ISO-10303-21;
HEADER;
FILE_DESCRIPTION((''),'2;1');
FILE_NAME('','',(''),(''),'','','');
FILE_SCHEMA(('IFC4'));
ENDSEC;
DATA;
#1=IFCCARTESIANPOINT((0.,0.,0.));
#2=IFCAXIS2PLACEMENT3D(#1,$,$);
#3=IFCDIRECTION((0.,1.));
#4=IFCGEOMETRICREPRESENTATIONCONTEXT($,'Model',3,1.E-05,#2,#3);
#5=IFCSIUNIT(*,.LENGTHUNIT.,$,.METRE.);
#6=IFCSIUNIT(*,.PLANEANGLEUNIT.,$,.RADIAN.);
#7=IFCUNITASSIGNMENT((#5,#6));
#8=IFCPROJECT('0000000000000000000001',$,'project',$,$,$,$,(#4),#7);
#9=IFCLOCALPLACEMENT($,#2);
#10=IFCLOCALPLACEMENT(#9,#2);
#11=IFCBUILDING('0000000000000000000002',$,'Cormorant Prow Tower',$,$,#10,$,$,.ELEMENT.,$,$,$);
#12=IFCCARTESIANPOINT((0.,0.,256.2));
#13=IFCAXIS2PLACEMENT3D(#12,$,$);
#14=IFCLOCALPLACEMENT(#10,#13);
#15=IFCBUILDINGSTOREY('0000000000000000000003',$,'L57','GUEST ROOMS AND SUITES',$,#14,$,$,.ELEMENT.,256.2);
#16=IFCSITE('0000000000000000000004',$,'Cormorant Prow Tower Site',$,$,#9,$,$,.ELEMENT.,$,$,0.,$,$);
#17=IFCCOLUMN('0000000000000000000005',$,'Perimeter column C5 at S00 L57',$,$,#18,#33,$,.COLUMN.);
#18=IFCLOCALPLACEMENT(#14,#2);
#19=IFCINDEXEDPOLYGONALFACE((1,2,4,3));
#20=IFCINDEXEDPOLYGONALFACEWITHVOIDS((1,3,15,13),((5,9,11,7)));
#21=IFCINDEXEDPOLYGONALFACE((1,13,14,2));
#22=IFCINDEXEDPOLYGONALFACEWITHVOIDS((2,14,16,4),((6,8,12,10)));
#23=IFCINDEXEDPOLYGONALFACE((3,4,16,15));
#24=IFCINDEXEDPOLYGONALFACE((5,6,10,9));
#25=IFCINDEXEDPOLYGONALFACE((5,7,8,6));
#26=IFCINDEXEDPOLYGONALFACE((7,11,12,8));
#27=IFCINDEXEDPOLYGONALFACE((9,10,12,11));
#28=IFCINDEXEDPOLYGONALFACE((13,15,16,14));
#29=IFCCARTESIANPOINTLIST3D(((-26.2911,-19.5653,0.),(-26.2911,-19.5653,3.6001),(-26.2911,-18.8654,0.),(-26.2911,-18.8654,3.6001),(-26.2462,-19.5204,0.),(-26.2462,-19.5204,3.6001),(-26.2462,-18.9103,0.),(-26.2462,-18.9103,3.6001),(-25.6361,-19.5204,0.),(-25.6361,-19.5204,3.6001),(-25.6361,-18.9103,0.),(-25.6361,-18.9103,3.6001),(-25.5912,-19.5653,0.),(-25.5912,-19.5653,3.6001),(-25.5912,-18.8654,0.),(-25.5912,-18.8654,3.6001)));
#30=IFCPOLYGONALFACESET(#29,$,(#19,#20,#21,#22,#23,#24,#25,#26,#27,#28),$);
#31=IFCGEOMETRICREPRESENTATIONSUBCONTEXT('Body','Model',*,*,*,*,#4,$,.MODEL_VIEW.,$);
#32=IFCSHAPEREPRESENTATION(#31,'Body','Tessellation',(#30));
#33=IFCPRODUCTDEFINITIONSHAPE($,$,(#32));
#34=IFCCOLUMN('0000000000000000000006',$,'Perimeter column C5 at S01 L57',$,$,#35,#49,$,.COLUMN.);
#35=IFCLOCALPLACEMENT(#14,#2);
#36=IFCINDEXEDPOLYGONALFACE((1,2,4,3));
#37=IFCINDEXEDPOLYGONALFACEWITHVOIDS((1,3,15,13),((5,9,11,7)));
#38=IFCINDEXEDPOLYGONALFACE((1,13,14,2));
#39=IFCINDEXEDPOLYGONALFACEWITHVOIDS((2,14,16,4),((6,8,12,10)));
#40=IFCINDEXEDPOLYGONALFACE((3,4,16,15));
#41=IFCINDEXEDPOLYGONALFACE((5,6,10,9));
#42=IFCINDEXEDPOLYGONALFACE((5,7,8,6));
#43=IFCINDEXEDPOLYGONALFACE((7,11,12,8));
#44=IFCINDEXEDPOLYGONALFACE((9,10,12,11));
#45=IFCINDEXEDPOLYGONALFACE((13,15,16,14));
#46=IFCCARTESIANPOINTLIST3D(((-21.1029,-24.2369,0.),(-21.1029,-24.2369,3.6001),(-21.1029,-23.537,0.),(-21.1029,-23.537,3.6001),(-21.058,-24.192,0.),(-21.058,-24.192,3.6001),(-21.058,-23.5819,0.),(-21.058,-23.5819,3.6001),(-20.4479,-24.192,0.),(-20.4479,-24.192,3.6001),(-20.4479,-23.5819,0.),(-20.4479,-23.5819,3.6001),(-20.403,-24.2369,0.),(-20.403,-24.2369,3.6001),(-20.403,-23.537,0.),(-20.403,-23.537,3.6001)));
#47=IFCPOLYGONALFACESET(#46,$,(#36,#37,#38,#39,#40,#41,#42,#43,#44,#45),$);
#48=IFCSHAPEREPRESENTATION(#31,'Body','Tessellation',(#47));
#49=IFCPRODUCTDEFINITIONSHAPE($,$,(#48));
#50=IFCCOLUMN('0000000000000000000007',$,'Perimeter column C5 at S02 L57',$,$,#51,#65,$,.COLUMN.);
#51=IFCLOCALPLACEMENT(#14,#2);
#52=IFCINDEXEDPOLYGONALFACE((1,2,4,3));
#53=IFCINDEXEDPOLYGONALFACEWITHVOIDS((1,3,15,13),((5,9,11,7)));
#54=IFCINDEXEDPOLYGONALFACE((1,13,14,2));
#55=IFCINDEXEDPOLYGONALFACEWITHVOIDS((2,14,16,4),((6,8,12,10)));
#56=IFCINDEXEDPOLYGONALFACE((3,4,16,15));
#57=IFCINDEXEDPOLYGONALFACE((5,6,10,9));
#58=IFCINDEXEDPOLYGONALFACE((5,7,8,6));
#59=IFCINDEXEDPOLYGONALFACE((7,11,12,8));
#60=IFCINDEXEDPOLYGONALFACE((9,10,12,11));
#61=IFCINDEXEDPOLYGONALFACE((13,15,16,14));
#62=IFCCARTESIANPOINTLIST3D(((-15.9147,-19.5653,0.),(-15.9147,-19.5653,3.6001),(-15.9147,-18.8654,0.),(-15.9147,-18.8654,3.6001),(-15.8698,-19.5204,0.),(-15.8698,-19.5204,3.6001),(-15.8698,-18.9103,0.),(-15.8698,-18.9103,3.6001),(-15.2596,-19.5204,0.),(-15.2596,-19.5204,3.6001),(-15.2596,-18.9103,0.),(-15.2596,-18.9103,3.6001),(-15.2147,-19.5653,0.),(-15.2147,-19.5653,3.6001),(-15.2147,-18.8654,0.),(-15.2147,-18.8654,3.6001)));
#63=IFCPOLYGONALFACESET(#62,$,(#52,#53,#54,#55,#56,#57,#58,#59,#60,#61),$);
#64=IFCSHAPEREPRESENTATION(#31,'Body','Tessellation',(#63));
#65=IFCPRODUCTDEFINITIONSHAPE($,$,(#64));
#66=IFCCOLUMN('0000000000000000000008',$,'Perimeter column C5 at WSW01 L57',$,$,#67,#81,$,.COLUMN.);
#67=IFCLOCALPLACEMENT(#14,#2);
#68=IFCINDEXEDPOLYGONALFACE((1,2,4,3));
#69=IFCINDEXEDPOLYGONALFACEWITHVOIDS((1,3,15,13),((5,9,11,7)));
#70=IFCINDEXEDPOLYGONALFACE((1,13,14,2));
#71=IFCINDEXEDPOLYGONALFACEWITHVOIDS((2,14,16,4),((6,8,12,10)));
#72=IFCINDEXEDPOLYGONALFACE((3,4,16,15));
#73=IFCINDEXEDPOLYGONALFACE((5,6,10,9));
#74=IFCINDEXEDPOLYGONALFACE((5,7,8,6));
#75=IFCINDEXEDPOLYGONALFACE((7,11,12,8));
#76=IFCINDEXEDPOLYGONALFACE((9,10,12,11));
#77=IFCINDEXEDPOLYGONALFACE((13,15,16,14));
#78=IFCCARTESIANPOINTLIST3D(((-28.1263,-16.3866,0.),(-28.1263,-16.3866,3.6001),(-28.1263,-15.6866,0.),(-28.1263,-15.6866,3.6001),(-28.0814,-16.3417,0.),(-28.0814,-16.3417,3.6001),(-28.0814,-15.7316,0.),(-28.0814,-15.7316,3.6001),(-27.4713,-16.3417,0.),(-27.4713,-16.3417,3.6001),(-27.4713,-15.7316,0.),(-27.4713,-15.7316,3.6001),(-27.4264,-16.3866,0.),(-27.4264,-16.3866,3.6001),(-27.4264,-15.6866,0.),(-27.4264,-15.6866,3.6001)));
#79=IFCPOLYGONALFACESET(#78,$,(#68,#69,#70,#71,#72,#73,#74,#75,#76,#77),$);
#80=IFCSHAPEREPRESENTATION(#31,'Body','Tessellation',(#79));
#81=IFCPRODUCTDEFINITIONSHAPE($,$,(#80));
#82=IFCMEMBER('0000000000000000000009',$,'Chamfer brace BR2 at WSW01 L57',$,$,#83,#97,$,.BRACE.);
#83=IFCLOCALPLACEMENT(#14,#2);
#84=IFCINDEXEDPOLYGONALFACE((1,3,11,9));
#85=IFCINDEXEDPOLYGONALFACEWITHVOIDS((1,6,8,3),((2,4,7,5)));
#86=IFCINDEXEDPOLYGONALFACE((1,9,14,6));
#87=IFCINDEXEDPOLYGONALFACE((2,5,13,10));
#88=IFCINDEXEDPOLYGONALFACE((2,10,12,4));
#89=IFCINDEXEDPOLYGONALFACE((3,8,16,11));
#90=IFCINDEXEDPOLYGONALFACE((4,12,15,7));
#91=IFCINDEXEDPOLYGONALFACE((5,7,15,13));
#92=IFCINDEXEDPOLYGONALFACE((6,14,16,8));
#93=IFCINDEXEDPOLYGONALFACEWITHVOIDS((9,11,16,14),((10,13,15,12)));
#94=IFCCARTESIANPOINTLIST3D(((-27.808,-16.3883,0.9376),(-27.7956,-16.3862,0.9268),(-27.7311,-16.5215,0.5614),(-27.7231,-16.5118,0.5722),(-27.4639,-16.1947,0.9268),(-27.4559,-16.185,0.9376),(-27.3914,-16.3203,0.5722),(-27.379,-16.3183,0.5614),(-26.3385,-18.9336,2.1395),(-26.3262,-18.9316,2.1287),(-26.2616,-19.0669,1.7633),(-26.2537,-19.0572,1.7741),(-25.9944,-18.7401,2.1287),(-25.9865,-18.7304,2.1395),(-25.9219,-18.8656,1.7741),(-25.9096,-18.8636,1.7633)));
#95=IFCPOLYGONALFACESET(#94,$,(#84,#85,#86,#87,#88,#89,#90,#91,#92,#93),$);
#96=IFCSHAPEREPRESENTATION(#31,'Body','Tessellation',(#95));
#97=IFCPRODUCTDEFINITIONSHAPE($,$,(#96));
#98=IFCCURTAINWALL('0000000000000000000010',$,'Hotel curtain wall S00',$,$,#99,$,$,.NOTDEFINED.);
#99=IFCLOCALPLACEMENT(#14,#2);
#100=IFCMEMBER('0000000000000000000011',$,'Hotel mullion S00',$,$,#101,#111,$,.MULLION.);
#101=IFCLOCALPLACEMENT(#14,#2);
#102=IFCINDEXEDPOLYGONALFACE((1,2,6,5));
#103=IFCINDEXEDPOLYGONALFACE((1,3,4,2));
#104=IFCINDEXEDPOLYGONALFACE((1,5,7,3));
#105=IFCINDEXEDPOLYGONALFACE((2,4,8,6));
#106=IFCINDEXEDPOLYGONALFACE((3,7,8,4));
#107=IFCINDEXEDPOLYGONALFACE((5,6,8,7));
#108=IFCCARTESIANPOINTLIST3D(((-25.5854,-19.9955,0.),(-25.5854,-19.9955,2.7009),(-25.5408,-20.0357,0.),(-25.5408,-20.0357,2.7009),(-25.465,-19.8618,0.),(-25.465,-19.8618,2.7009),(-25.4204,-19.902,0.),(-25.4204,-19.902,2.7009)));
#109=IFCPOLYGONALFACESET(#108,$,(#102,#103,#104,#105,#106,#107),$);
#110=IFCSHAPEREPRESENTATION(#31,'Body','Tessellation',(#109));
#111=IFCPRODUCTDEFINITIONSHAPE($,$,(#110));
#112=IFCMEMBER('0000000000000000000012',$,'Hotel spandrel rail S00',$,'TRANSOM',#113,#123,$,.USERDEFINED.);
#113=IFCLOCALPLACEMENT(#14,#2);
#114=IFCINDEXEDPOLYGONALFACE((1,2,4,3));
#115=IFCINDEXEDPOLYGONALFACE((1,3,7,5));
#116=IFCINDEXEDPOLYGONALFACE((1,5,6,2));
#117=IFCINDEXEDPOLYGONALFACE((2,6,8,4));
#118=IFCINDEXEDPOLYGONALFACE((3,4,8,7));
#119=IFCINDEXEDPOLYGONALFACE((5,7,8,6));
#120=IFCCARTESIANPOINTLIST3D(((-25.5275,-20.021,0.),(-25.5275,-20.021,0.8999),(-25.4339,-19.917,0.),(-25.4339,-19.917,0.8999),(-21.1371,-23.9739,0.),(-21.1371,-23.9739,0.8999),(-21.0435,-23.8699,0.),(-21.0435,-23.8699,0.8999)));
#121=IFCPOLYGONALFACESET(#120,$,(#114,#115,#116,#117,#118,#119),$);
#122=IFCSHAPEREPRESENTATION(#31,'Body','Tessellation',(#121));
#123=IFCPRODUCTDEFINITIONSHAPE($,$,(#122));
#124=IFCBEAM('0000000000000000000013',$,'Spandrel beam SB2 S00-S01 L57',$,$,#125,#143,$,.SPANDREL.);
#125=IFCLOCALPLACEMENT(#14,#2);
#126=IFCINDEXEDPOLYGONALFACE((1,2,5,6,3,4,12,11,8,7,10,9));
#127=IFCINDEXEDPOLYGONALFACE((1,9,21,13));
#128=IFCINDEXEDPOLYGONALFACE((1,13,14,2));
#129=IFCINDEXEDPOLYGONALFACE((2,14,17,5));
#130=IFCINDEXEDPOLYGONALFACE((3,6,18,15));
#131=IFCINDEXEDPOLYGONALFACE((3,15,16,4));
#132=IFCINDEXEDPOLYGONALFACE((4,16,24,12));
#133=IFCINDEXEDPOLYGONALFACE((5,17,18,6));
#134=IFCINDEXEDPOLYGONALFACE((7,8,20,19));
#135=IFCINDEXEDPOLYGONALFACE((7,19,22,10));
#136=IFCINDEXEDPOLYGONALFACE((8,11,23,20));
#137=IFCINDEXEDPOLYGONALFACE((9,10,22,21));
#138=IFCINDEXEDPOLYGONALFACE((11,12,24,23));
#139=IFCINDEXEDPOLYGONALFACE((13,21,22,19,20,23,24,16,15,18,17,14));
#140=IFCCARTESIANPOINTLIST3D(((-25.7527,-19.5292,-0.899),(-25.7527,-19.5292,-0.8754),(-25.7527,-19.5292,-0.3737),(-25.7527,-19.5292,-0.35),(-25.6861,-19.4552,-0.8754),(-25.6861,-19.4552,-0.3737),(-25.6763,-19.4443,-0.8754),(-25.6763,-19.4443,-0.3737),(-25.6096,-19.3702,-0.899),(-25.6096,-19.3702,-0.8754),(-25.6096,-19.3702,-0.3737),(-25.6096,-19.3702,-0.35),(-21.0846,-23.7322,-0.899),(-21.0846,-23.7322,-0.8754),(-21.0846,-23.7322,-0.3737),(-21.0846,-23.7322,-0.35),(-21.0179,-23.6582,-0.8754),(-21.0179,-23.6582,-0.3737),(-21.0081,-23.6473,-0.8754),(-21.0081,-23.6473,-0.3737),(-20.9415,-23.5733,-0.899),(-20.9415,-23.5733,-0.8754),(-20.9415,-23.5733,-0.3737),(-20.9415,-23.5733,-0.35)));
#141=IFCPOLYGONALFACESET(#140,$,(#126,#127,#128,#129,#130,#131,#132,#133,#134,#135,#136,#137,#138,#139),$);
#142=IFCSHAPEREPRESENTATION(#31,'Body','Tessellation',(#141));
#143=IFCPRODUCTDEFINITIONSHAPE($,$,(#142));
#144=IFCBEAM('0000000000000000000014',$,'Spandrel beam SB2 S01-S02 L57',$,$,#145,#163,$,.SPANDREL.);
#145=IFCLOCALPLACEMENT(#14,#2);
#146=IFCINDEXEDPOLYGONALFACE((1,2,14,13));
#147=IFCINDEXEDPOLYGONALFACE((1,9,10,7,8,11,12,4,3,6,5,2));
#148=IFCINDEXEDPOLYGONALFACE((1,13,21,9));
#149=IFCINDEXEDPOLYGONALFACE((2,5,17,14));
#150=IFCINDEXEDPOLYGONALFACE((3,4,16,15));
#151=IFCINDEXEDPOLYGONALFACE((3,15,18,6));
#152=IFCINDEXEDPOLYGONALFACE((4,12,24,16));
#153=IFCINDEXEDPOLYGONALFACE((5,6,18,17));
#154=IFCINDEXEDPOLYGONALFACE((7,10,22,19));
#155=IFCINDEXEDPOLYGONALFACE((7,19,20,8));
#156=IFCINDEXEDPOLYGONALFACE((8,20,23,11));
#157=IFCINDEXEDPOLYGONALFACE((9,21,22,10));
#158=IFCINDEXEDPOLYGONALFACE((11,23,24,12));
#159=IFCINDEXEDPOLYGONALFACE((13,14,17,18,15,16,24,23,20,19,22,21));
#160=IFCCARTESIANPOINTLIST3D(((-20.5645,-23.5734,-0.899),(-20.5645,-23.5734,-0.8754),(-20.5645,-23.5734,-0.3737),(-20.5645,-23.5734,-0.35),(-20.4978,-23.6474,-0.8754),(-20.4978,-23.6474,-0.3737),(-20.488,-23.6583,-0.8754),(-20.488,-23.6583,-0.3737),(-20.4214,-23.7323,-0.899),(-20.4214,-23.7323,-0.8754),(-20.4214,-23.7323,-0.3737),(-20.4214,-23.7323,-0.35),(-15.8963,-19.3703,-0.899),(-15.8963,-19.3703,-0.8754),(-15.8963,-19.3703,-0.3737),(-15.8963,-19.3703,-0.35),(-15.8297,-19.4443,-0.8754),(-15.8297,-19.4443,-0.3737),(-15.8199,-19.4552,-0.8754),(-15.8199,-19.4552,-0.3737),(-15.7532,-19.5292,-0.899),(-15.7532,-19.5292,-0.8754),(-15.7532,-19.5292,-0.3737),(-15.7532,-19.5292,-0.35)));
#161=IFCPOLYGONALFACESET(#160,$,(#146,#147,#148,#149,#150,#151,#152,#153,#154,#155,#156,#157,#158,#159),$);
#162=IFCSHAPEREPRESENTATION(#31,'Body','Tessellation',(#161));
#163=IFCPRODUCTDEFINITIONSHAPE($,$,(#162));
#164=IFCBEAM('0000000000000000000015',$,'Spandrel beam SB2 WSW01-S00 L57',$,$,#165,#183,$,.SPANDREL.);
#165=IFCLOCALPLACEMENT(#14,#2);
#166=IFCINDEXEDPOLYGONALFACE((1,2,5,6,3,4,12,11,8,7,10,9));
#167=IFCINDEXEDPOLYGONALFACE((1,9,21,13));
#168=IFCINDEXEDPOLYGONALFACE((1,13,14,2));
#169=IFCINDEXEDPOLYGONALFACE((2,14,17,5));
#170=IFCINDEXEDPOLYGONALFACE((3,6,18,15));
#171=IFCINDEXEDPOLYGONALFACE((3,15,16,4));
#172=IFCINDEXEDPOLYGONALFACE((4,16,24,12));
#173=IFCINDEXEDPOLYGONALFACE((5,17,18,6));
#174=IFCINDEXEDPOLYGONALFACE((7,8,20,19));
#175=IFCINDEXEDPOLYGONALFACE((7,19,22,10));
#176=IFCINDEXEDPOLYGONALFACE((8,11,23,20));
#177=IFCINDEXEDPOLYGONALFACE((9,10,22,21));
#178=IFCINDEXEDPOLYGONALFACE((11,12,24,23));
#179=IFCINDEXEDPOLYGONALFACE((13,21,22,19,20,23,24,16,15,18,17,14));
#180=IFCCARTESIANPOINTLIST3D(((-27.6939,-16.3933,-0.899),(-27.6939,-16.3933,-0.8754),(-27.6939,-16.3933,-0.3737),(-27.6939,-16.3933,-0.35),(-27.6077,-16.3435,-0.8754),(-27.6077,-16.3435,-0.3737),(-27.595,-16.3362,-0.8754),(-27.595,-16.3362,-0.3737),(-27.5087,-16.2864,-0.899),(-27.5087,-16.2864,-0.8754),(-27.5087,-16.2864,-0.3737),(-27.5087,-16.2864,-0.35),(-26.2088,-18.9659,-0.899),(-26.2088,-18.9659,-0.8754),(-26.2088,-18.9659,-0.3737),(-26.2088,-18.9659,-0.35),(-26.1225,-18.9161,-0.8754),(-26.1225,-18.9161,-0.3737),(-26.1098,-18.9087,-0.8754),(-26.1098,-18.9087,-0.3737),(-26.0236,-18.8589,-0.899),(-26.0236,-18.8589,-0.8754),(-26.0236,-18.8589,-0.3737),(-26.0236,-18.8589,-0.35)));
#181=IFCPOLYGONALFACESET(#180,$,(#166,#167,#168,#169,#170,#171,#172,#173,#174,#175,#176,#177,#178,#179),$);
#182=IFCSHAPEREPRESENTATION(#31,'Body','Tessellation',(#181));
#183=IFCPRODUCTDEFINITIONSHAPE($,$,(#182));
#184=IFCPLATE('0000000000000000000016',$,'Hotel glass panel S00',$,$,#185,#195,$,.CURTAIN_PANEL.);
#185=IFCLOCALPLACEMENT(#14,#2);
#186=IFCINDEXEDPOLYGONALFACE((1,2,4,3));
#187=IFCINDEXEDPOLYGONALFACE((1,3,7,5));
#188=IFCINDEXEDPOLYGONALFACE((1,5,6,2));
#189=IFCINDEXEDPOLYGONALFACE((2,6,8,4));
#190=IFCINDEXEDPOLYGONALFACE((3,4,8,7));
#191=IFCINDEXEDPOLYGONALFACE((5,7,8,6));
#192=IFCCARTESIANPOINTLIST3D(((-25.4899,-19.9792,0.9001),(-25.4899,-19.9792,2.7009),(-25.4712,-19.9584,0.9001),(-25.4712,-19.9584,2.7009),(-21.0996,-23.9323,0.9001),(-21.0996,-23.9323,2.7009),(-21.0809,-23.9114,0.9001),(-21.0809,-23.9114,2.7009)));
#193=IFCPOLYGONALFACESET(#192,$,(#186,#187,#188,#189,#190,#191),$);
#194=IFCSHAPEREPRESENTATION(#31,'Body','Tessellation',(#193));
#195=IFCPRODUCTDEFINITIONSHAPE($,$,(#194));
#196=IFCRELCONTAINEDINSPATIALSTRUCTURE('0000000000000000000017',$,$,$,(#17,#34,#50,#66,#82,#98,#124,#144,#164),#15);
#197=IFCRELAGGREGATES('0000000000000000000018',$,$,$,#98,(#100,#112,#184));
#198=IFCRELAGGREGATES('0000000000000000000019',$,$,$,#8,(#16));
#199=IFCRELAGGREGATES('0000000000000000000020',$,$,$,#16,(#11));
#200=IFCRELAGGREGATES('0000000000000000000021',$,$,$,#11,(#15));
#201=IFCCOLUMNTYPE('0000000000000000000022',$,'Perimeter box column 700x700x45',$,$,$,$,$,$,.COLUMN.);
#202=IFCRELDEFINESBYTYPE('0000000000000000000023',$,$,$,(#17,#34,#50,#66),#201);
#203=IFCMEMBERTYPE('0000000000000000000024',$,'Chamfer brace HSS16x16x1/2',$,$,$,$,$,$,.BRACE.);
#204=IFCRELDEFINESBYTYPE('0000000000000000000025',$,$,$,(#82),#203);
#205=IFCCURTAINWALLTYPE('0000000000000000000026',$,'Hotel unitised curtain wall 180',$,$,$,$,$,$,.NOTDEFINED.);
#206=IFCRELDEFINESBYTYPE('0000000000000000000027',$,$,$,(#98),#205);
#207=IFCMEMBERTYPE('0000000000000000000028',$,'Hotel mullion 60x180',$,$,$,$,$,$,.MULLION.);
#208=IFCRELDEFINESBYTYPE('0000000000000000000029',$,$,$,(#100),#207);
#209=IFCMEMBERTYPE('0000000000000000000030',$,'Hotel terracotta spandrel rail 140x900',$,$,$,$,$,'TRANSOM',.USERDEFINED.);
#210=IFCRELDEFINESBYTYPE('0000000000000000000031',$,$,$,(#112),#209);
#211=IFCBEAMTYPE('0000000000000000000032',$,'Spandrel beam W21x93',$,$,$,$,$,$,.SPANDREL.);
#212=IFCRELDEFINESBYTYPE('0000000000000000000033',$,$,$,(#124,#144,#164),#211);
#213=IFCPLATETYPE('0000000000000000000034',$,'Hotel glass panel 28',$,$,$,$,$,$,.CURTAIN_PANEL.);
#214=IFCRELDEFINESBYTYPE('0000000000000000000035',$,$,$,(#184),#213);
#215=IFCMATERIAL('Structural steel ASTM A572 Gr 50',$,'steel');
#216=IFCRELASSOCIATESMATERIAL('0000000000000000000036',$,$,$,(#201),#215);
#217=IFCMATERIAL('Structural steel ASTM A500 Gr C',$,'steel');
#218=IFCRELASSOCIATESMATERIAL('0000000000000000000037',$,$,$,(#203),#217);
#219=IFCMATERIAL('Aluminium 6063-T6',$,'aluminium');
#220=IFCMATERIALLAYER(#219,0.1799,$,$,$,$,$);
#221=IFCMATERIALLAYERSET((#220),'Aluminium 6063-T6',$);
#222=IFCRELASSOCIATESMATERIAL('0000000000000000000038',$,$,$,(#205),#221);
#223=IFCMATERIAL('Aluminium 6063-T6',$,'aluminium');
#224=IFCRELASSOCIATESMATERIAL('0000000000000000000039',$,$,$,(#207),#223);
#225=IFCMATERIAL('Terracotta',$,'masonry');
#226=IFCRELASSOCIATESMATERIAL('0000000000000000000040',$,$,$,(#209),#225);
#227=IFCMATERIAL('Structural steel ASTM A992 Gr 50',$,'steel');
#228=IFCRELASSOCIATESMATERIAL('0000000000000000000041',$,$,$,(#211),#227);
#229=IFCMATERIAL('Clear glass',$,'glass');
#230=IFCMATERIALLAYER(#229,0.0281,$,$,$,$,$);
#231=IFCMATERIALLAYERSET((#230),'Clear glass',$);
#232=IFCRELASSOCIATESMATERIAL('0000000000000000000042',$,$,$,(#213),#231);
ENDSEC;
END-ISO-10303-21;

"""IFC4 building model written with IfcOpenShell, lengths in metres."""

from ifc_helpers import new_model, si_unit, direction, frame, origin, origin_2d, place, context, subcontext, project, spatial, rectangle, hollow_rectangle, i_section, extrude, material, layer, layer_set, material_profile, profile_set, type_object, element, aggregate, save


model = new_model("IFC4")

# Units and contexts
model_context = context("Model", 3, precision=1e-05, world=origin(), true_north=direction((0.0, 1.0)))
body_context = subcontext(model_context, "Body", "Model", "MODEL_VIEW")
ifc_project = project(units=[si_unit("LENGTHUNIT", "METRE"), si_unit("PLANEANGLEUNIT", "RADIAN")], contexts=[model_context])

# Site, building, storey
site_placement = place(None, origin())
site = spatial("IfcSite", under=ifc_project, at=site_placement, Name="Cormorant Prow Tower Site", CompositionType="ELEMENT", RefElevation=0.0)
building_placement = place(site_placement, origin())
building = spatial("IfcBuilding", under=site, at=building_placement, Name="Cormorant Prow Tower", CompositionType="ELEMENT")
storey_placement = place(building_placement, frame((0.0, 0.0, 256.2)))
storey = spatial("IfcBuildingStorey", under=building, at=storey_placement, Name="L57", Description="GUEST ROOMS AND SUITES", CompositionType="ELEMENT", Elevation=256.2)

# Columns
ifc_material_1 = material(Name="Structural steel ASTM A572 Gr 50", Category="steel")
ifc_material_profile_1 = material_profile(ifc_material_1, hollow_rectangle(XDim=0.7, YDim=0.7, WallThickness=0.0449, at=origin_2d()), Name="Box 700x700x45")
ifc_profile_set_1 = profile_set([ifc_material_profile_1], Name="Structural steel ASTM A572 Gr 50")
column_type = type_object("IfcColumnType", Name="Perimeter box column 700x700x45", PredefinedType="COLUMN", material=ifc_profile_set_1)
for number, where, z_axis, x_axis, name in (
    (1, (-25.9412, -19.2153, 0.0), (0.0, 0.0, 1.0), (1.0, 0.0, 0.0), "Perimeter column C5 at S00 L57"),
    (2, (-20.7529, -23.887, 0.0), (0.0, 0.0, 1.0), (1.0, 0.0, 0.0), "Perimeter column C5 at S01 L57"),
    (3, (-15.5647, -19.2153, 0.0), (0.0, 0.0, 1.0), (1.0, 0.0, 0.0), "Perimeter column C5 at S02 L57"),
    (4, (-27.7764, -16.0366, 0.0), (0.0, 0.0, 1.0), (1.0, 0.0, 0.0), "Perimeter column C5 at WSW01 L57"),
):
    element("IfcColumn", number, at=place(storey_placement, frame(where, z_axis=z_axis, x_axis=x_axis)), inside=storey, type_object=column_type, Name=name, PredefinedType="COLUMN", context=body_context, shape_type="SweptSolid", body=[
        extrude(hollow_rectangle(XDim=0.7, YDim=0.7, WallThickness=0.0449, at=origin_2d()), origin(), (0.0, 0.0, 1.0), 3.6001),
    ])

# Member
ifc_material_2 = material(Name="Structural steel ASTM A500 Gr C", Category="steel")
ifc_material_profile_2 = material_profile(ifc_material_2, hollow_rectangle(XDim=0.4065, YDim=0.4065, WallThickness=0.0117, at=origin_2d()), Name="HSS16x16x1/2")
ifc_profile_set_2 = profile_set([ifc_material_profile_2], Name="Structural steel ASTM A500 Gr C")
member_type_1 = type_object("IfcMemberType", Name="Chamfer brace HSS16x16x1/2", PredefinedType="BRACE", material=ifc_profile_set_2)
member_1_placement = place(storey_placement, frame((-27.5935, -16.3533, 0.7495), z_axis=(0.462773, -0.801607, 0.378507), x_axis=(0.866042, 0.499972, 0.0)))
element("IfcMember", 5, at=member_1_placement, inside=storey, type_object=member_type_1, Name="Chamfer brace BR2 at WSW01 L57", PredefinedType="BRACE", context=body_context, shape_type="SweptSolid", body=[
    extrude(hollow_rectangle(XDim=0.4065, YDim=0.4065, WallThickness=0.0117, at=origin_2d()), origin(), (0.0, 0.0, 1.0), 3.1753),
])

# Curtain wall, members
ifc_material_3 = material(Name="Aluminium 6063-T6", Category="aluminium")
ifc_layer_1 = layer(ifc_material_3, 0.1799)
ifc_layer_set_1 = layer_set([ifc_layer_1], Name="Aluminium 6063-T6")
curtain_wall_type = type_object("IfcCurtainWallType", Name="Hotel unitised curtain wall 180", PredefinedType="NOTDEFINED", material=ifc_layer_set_1)
curtain_wall_placement = place(storey_placement, origin())
curtain_wall = element("IfcCurtainWall", 6, at=curtain_wall_placement, inside=storey, type_object=curtain_wall_type, Name="Hotel curtain wall S00", PredefinedType="NOTDEFINED")
ifc_material_4 = material(Name="Aluminium 6063-T6", Category="aluminium")
ifc_material_profile_3 = material_profile(ifc_material_4, rectangle(XDim=0.1799, YDim=0.0601, at=origin_2d()), Name="Hotel mullion 60x180")
ifc_profile_set_3 = profile_set([ifc_material_profile_3], Name="Aluminium 6063-T6")
member_type_2 = type_object("IfcMemberType", Name="Hotel mullion 60x180", PredefinedType="MULLION", material=ifc_profile_set_3)
member_2_placement = place(storey_placement, frame((-25.5029, -19.9487, 0.0), z_axis=(0.0, 0.0, 1.0), x_axis=(0.669131, 0.743145, 0.0)))
member_2 = element("IfcMember", 7, at=member_2_placement, type_object=member_type_2, Name="Hotel mullion S00", PredefinedType="MULLION", context=body_context, shape_type="SweptSolid", body=[
    extrude(rectangle(XDim=0.1799, YDim=0.0601, at=origin_2d()), origin(), (0.0, 0.0, 1.0), 2.7009),
])
ifc_material_5 = material(Name="Terracotta", Category="masonry")
ifc_material_profile_4 = material_profile(ifc_material_5, rectangle(XDim=0.1399, YDim=0.8999, at=origin_2d()), Name="Hotel terracotta spandrel rail 140x900")
ifc_profile_set_4 = profile_set([ifc_material_profile_4], Name="Terracotta")
member_type_3 = type_object("IfcMemberType", Name="Hotel terracotta spandrel rail 140x900", ElementType="TRANSOM", PredefinedType="USERDEFINED", material=ifc_profile_set_4)
member_3_placement = place(storey_placement, frame((-25.4807, -19.969, 0.45), z_axis=(0.743165, -0.669109, 0.0), x_axis=(0.669109, 0.743165, 0.0)))
member_3 = element("IfcMember", 8, at=member_3_placement, type_object=member_type_3, Name="Hotel spandrel rail S00", ObjectType="TRANSOM", PredefinedType="USERDEFINED", context=body_context, shape_type="SweptSolid", body=[
    extrude(rectangle(XDim=0.1399, YDim=0.8999, at=origin_2d()), origin(), (0.0, 0.0, 1.0), 5.9077),
])

# Beams
ifc_material_6 = material(Name="Structural steel ASTM A992 Gr 50", Category="steel")
ifc_material_profile_5 = material_profile(ifc_material_6, i_section(OverallWidth=0.2139, OverallDepth=0.5491, WebThickness=0.0146, FlangeThickness=0.0237, at=origin_2d()), Name="W21x93")
ifc_profile_set_5 = profile_set([ifc_material_profile_5], Name="Structural steel ASTM A992 Gr 50")
beam_type = type_object("IfcBeamType", Name="Spandrel beam W21x93", PredefinedType="SPANDREL", material=ifc_profile_set_5)
for number, where, z_axis, x_axis, name in (
    (9, (-25.6812, -19.4497, -0.6245), (0.743157, -0.669117, 0.0), (0.669117, 0.743157, 0.0), "Spandrel beam SB2 S00-S01 L57"),
    (10, (-20.4929, -23.6528, -0.6245), (0.743157, 0.669117, 0.0), (-0.669117, 0.743157, 0.0), "Spandrel beam SB2 S01-S02 L57"),
):
    element("IfcBeam", number, at=place(storey_placement, frame(where, z_axis=z_axis, x_axis=x_axis)), inside=storey, type_object=beam_type, Name=name, PredefinedType="SPANDREL", context=body_context, shape_type="SweptSolid", body=[
        extrude(i_section(OverallWidth=0.2139, OverallDepth=0.5491, WebThickness=0.0146, FlangeThickness=0.0237, at=origin_2d()), origin(), (0.0, 0.0, 1.0), 6.2815),
    ])
beam_placement = place(storey_placement, frame((-27.6013, -16.3398, -0.6245), z_axis=(0.499967, -0.866045, 0.0), x_axis=(0.866045, 0.499967, 0.0)))
element("IfcBeam", 11, at=beam_placement, inside=storey, type_object=beam_type, Name="Spandrel beam SB2 WSW01-S00 L57", PredefinedType="SPANDREL", context=body_context, shape_type="SweptSolid", body=[
    extrude(i_section(OverallWidth=0.2139, OverallDepth=0.5491, WebThickness=0.0146, FlangeThickness=0.0237, at=origin_2d()), origin(), (0.0, 0.0, 1.0), 2.9705),
])

# Plate
ifc_material_7 = material(Name="Clear glass", Category="glass")
ifc_layer_2 = layer(ifc_material_7, 0.0281)
ifc_layer_set_2 = layer_set([ifc_layer_2], Name="Clear glass")
plate_type = type_object("IfcPlateType", Name="Hotel glass panel 28", PredefinedType="CURTAIN_PANEL", material=ifc_layer_set_2)
plate_placement = place(storey_placement, frame((-23.2854, -21.9453, 0.9001), z_axis=(0.0, 0.0, 1.0), x_axis=(0.743145, -0.669131, 0.0)))
plate = element("IfcPlate", 12, at=plate_placement, type_object=plate_type, Name="Hotel glass panel S00", PredefinedType="CURTAIN_PANEL", context=body_context, shape_type="SweptSolid", body=[
    extrude(rectangle(XDim=5.9077, YDim=0.0281, at=origin_2d()), origin(), (0.0, 0.0, 1.0), 1.8008),
])
aggregate(curtain_wall, [member_2, member_3, plate])

save(model, "model.ifc")
